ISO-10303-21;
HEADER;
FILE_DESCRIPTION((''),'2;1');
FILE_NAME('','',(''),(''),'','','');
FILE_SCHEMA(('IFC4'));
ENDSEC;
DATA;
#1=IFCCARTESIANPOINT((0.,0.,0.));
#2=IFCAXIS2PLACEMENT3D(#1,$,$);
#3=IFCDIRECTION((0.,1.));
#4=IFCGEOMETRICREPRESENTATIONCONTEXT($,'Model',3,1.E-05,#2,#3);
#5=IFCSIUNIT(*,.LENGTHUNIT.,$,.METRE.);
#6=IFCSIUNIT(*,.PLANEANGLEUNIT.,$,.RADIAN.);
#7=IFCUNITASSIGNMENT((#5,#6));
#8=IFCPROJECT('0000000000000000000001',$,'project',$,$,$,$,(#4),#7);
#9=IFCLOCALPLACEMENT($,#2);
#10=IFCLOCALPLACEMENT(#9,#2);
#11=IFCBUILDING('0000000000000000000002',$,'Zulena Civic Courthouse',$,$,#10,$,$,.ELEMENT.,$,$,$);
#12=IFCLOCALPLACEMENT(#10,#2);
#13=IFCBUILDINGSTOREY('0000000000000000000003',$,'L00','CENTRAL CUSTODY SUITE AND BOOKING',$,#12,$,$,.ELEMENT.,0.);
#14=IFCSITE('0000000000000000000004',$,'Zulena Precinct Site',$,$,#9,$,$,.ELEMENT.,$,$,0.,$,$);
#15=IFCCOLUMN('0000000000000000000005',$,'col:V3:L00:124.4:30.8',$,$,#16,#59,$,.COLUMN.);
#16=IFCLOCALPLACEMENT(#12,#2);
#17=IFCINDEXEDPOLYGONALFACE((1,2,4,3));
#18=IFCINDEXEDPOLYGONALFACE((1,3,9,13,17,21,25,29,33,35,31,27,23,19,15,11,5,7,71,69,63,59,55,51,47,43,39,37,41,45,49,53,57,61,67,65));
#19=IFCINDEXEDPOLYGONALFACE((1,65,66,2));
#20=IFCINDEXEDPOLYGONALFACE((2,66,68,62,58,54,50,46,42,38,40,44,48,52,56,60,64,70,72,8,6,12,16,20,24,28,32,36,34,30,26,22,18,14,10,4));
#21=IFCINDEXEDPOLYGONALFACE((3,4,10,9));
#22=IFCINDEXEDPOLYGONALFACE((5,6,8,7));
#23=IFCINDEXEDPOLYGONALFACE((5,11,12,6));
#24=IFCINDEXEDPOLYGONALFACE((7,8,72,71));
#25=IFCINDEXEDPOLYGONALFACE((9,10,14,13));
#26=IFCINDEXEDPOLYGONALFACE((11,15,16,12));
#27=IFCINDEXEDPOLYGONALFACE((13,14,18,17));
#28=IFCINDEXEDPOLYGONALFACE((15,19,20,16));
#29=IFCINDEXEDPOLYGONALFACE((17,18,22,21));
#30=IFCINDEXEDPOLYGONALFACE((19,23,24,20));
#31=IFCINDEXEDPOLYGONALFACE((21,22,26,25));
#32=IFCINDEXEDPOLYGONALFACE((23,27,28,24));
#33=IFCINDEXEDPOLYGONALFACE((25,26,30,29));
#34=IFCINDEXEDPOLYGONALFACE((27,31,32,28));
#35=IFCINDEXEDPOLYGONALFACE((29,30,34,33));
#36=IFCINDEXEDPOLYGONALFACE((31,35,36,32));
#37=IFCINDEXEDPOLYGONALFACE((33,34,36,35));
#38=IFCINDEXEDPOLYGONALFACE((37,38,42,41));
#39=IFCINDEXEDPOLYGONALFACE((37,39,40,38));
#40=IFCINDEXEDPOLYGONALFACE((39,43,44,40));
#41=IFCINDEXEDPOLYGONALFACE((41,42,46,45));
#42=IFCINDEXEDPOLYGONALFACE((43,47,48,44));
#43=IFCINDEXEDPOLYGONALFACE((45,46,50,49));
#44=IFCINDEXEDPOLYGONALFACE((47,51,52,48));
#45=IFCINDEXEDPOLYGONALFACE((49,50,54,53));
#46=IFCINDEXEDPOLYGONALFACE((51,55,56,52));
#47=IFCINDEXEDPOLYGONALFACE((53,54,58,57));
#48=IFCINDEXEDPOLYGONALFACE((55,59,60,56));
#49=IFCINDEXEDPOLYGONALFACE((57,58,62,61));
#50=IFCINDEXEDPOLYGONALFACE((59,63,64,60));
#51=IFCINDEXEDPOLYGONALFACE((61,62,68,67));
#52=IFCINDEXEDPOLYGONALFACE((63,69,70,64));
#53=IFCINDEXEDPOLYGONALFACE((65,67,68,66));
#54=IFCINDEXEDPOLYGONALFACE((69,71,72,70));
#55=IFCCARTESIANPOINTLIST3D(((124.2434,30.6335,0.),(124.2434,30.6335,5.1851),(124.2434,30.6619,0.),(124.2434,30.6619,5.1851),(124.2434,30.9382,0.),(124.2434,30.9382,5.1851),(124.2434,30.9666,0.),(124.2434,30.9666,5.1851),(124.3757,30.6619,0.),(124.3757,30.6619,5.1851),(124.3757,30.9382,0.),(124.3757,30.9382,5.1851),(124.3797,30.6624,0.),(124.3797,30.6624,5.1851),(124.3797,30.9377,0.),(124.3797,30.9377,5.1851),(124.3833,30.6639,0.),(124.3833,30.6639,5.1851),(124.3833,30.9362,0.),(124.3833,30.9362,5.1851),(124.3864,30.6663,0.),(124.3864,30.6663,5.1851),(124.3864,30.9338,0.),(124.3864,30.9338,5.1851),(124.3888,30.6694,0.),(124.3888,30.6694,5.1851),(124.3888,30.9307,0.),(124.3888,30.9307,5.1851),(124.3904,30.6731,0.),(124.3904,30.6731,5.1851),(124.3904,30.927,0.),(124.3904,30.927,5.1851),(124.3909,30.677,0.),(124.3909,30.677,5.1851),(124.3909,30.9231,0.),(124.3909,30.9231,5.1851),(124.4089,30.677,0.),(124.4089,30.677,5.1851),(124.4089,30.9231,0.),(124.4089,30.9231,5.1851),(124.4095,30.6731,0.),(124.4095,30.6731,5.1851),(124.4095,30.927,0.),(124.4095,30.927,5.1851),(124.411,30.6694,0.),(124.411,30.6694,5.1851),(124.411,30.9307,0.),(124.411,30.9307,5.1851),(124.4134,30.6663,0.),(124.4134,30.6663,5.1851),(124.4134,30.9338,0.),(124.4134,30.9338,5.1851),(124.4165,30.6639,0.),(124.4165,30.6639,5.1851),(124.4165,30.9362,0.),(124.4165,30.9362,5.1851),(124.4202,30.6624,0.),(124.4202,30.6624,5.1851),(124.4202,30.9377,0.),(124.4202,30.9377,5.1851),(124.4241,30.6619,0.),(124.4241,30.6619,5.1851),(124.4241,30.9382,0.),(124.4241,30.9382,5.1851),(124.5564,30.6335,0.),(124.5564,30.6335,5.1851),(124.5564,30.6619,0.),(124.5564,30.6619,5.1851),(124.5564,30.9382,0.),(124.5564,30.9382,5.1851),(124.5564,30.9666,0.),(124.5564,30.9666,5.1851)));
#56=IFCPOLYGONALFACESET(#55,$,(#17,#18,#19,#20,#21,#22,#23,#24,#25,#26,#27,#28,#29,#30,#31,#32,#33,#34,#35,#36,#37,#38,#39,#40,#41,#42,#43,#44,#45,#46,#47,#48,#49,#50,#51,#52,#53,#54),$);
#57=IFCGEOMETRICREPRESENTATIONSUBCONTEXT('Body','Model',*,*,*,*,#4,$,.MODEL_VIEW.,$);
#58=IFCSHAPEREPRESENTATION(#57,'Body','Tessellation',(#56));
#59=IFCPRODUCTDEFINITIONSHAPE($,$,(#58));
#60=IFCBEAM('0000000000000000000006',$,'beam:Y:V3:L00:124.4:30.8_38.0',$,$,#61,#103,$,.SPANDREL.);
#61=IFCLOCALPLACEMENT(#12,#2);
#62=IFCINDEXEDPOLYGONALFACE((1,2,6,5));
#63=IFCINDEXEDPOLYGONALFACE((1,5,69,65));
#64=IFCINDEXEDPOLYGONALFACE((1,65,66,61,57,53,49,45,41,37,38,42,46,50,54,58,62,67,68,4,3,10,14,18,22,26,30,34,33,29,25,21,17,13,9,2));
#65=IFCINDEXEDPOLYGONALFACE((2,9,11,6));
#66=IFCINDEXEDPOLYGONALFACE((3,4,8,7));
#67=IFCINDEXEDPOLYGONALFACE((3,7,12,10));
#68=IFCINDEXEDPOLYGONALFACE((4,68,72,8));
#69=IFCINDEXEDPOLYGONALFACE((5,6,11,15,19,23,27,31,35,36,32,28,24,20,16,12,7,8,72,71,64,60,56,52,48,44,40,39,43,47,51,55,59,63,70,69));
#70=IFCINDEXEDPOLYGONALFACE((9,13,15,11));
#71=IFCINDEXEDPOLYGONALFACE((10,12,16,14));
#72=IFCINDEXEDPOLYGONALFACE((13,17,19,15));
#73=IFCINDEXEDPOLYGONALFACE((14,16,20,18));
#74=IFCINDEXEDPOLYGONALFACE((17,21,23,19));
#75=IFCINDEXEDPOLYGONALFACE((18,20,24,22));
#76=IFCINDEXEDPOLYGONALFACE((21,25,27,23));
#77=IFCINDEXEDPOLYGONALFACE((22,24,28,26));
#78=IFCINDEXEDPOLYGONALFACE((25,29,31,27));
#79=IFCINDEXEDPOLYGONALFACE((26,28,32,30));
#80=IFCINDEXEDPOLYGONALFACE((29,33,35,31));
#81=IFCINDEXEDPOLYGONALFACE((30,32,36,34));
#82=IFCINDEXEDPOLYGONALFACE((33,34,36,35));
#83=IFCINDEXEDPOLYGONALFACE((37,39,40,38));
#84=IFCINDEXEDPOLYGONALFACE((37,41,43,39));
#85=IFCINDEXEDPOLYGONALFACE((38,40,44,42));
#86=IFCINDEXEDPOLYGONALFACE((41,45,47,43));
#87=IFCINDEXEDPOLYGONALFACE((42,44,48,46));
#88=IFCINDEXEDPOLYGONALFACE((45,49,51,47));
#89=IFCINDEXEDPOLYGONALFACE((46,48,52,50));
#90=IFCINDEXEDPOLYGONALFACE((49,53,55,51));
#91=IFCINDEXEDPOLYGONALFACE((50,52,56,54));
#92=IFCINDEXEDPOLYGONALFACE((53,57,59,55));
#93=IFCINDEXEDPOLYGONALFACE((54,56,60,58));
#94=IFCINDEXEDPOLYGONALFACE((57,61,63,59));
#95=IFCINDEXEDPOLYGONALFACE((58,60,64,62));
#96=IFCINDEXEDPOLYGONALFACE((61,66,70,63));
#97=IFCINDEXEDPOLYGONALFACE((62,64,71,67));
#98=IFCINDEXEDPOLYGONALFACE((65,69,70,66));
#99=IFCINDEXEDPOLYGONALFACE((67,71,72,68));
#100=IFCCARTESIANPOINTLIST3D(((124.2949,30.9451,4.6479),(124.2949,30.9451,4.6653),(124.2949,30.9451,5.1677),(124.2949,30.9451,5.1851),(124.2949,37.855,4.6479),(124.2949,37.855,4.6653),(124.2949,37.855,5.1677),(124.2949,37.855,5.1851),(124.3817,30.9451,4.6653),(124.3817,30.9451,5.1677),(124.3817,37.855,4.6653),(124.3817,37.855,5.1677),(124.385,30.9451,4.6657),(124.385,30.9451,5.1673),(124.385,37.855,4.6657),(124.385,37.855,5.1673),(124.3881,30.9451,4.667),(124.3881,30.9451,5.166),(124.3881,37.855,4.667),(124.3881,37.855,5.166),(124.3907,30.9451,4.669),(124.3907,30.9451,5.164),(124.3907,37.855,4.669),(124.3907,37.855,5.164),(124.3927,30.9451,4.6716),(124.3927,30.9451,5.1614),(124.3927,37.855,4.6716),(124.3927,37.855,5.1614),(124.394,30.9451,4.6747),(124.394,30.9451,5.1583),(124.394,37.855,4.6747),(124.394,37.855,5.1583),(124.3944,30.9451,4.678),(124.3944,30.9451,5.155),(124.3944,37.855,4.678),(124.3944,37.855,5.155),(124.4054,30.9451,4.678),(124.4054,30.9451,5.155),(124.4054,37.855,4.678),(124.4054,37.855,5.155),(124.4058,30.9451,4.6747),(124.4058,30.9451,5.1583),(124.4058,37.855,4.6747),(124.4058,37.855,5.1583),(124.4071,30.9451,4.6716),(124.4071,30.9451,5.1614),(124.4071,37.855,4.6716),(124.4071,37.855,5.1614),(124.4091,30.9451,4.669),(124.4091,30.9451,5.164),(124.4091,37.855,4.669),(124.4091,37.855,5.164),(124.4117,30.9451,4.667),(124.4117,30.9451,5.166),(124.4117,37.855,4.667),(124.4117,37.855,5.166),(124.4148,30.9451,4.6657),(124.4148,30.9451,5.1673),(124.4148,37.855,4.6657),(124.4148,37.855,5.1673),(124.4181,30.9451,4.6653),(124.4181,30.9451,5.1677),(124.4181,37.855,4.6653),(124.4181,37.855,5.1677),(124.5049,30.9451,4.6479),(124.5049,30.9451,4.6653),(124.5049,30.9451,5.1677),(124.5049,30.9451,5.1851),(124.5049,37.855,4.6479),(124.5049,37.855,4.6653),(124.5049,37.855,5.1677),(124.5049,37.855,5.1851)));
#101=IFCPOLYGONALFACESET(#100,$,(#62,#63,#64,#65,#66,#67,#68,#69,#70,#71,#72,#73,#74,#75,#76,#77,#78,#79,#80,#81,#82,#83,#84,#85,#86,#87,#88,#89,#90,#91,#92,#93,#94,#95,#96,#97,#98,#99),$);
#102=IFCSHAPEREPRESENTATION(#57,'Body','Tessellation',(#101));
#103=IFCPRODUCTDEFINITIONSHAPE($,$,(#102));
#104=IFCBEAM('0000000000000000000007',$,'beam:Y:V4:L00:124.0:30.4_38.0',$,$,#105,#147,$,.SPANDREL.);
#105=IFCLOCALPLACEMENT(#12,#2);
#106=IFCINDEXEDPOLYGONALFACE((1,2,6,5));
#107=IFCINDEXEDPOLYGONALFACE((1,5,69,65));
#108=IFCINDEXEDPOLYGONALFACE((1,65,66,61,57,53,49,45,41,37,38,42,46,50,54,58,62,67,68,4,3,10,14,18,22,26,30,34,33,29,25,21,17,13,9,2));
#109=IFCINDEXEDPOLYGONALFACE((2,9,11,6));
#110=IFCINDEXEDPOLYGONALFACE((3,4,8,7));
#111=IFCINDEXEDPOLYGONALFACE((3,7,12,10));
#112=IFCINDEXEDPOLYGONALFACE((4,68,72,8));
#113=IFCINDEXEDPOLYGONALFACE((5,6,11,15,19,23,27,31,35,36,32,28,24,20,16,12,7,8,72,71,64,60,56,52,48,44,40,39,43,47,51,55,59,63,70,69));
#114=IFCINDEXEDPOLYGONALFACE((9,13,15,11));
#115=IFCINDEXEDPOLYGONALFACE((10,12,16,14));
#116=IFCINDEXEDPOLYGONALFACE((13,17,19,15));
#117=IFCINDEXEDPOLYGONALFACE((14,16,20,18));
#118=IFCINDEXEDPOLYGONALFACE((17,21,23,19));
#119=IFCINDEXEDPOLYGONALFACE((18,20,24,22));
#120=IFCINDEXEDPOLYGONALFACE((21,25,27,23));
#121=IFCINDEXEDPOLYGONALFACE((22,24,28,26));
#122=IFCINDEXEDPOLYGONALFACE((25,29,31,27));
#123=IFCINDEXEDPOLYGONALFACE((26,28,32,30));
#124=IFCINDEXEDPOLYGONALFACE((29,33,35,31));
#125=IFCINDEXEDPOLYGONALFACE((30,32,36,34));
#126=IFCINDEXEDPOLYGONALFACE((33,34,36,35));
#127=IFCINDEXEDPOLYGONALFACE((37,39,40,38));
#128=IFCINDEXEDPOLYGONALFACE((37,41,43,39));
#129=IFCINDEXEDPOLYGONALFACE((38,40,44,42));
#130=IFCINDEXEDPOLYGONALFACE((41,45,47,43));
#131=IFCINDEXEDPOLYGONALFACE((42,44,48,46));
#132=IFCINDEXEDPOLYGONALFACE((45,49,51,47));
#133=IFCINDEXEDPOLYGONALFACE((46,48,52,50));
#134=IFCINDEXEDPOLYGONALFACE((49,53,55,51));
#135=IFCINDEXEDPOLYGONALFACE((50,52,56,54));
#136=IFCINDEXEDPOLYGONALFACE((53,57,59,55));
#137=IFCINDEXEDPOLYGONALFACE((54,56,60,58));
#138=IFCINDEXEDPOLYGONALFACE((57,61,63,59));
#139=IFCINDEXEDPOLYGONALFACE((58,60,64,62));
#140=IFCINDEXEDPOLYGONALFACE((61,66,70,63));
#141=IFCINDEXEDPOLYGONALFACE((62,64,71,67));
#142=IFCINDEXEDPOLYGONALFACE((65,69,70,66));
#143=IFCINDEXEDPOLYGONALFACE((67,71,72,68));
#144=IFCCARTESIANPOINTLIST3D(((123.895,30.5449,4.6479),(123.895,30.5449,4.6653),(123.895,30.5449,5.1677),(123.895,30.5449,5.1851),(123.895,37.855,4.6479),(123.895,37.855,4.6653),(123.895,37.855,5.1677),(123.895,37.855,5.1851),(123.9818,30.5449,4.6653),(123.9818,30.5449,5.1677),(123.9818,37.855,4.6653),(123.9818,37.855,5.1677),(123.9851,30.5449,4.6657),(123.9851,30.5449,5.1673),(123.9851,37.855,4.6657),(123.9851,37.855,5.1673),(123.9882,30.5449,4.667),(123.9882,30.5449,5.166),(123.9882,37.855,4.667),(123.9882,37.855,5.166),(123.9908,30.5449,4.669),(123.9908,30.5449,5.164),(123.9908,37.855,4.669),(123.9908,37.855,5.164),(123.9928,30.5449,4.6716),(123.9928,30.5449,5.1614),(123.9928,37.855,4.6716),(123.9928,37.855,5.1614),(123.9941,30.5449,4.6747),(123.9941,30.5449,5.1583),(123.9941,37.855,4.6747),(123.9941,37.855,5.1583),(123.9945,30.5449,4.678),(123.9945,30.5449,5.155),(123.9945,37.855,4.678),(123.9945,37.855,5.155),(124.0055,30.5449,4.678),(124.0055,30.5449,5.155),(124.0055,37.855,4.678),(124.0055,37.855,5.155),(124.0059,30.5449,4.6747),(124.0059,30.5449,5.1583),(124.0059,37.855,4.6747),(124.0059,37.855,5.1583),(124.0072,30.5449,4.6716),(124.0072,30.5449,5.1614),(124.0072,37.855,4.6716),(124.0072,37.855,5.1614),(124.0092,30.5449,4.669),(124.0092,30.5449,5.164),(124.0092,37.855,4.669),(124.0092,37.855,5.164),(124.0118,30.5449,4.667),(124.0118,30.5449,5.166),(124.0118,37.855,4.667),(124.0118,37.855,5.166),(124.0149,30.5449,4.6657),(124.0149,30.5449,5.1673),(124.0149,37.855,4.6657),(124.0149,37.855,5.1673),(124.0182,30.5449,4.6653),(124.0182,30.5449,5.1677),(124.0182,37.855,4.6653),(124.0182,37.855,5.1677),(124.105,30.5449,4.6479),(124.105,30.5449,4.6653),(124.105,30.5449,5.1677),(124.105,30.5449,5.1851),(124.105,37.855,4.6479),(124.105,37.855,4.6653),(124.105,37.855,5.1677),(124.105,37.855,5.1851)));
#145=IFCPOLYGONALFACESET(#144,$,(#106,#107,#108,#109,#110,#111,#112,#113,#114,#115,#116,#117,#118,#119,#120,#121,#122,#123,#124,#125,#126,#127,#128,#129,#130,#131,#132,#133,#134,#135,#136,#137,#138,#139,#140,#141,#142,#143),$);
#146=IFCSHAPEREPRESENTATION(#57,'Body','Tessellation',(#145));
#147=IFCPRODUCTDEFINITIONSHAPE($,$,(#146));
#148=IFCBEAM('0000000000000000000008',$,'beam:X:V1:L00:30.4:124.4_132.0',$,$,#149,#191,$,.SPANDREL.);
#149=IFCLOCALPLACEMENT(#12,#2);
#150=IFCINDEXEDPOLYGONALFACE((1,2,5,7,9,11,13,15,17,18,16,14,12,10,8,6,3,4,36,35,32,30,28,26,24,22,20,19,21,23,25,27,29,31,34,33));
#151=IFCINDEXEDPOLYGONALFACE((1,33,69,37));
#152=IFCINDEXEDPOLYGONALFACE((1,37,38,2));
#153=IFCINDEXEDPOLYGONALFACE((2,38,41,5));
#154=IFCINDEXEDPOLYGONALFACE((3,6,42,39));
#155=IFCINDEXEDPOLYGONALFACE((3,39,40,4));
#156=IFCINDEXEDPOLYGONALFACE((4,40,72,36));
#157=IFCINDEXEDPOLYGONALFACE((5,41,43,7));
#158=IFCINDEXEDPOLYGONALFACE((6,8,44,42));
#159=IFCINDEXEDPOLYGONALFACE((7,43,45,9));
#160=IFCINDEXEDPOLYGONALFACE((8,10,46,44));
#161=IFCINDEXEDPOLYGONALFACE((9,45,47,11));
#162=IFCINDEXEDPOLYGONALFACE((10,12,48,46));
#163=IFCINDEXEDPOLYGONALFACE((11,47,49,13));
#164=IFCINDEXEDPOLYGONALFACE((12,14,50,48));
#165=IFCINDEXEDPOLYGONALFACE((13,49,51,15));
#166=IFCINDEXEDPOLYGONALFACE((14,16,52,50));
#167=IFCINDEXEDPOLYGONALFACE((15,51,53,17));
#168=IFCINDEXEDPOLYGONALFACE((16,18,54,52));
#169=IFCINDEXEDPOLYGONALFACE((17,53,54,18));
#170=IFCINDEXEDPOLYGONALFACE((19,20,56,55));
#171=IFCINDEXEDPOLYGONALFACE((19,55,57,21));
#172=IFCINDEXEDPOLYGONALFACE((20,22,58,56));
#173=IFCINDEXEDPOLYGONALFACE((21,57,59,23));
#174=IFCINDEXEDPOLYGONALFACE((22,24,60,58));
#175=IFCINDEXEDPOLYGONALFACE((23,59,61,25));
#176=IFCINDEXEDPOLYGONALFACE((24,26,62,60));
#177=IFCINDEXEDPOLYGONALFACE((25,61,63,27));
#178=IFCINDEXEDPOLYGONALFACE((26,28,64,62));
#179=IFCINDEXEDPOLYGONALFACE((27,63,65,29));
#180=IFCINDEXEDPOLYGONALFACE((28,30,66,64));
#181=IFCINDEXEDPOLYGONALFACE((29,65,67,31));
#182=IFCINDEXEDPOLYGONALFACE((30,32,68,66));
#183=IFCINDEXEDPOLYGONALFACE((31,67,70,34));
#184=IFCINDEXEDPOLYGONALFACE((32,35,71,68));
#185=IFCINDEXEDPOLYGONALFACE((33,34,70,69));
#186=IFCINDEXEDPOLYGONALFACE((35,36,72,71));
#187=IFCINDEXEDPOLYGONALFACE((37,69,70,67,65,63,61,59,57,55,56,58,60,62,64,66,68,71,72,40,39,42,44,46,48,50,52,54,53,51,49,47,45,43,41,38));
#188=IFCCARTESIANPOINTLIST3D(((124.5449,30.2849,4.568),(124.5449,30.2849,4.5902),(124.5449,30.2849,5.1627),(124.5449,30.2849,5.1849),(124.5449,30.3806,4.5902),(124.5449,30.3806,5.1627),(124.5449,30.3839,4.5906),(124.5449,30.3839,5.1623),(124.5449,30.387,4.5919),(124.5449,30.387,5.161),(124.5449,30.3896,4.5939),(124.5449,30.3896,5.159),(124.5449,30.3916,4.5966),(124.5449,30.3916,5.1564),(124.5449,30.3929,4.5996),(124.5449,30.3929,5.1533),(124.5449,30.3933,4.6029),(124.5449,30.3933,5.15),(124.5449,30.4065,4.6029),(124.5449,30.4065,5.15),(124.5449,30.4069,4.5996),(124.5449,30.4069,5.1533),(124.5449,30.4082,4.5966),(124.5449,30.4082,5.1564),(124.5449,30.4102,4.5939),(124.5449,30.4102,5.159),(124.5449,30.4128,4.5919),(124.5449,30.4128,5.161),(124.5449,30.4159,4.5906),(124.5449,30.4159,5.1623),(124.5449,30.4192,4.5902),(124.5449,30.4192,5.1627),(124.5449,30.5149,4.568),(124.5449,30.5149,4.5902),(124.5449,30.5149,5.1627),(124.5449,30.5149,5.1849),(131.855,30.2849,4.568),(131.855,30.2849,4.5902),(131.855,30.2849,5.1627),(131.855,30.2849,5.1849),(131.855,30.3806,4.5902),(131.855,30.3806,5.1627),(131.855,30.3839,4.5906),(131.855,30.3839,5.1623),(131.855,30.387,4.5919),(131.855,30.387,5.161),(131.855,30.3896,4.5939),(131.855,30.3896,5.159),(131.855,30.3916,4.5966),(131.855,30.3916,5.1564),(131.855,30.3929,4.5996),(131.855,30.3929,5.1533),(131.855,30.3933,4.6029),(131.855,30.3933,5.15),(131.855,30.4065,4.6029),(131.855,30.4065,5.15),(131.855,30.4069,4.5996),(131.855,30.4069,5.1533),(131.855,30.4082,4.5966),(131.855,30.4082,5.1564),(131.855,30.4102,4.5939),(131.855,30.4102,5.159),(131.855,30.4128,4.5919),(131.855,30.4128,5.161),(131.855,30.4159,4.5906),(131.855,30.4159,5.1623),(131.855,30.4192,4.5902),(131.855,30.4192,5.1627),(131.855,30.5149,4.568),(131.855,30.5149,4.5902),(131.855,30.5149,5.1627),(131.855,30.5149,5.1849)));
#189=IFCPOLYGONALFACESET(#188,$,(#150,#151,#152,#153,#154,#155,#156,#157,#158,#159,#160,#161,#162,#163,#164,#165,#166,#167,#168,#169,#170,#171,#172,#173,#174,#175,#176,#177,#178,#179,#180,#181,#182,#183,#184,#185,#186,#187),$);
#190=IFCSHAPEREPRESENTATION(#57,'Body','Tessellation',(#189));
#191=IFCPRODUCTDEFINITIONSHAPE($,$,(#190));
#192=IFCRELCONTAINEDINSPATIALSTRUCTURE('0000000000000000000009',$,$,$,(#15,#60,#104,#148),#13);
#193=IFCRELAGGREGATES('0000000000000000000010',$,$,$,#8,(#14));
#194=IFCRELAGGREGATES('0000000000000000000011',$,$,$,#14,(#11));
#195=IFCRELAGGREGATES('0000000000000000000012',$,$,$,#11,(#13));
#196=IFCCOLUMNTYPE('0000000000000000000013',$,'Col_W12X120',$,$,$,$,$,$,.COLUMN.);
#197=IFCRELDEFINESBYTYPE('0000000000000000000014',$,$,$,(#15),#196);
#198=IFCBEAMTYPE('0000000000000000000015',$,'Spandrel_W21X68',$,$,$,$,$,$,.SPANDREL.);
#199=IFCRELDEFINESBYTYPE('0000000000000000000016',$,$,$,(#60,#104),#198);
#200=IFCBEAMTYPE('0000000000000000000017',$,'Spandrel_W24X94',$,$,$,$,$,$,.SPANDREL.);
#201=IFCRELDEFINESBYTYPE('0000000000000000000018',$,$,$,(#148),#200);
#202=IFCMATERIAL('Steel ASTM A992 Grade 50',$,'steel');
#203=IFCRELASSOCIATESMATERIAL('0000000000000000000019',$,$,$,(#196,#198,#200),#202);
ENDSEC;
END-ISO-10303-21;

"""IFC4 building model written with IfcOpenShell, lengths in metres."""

from ifc_helpers import new_model, si_unit, direction, frame, origin, origin_2d, place, context, subcontext, project, spatial, i_section, extrude, material, material_profile, profile_set, type_object, element, save


model = new_model("IFC4")

# Units and contexts
model_context = context("Model", 3, precision=1e-05, world=origin(), true_north=direction((0.0, 1.0)))
body_context = subcontext(model_context, "Body", "Model", "MODEL_VIEW")
ifc_project = project(units=[si_unit("LENGTHUNIT", "METRE"), si_unit("PLANEANGLEUNIT", "RADIAN")], contexts=[model_context])

# Site, building, storey
site_placement = place(None, origin())
site = spatial("IfcSite", under=ifc_project, at=site_placement, Name="Zulena Precinct Site", CompositionType="ELEMENT", RefElevation=0.0)
building_placement = place(site_placement, origin())
building = spatial("IfcBuilding", under=site, at=building_placement, Name="Zulena Civic Courthouse", CompositionType="ELEMENT")
storey_placement = place(building_placement, origin())
storey = spatial("IfcBuildingStorey", under=building, at=storey_placement, Name="L00", Description="CENTRAL CUSTODY SUITE AND BOOKING", CompositionType="ELEMENT", Elevation=0.0)

# Column
ifc_material_1 = material(Name="Steel ASTM A992 Grade 50", Category="steel")
ifc_material_profile_1 = material_profile(ifc_material_1, i_section(OverallWidth=0.313, OverallDepth=0.333, WebThickness=0.0181, FlangeThickness=0.0283, FilletRadius=0.0151, at=origin_2d()), Name="W12X120")
ifc_profile_set_1 = profile_set([ifc_material_profile_1], Name="Steel ASTM A992 Grade 50")
column_type = type_object("IfcColumnType", Name="Col_W12X120", PredefinedType="COLUMN", material=ifc_profile_set_1)
for number, where, z_axis, x_axis, name in (
    (1, (124.3999, 30.8, 0.0), (0.0, 0.0, 1.0), (1.0, 0.0, 0.0), "col:V3:L00:124.4:30.8"),
):
    element("IfcColumn", number, at=place(storey_placement, frame(where, z_axis=z_axis, x_axis=x_axis)), inside=storey, type_object=column_type, Name=name, PredefinedType="COLUMN", context=body_context, shape_type="SweptSolid", body=[
        extrude(i_section(OverallWidth=0.313, OverallDepth=0.333, WebThickness=0.0181, FlangeThickness=0.0283, FilletRadius=0.0151, at=origin_2d()), origin(), (0.0, 0.0, 1.0), 5.1851),
    ])

# Beams
ifc_material_profile_2 = material_profile(ifc_material_1, i_section(OverallWidth=0.21, OverallDepth=0.5371, WebThickness=0.011, FlangeThickness=0.0173, FilletRadius=0.0127, at=origin_2d()), Name="W21X68")
ifc_profile_set_2 = profile_set([ifc_material_profile_2], Name="Steel ASTM A992 Grade 50")
beam_type_1 = type_object("IfcBeamType", Name="Spandrel_W21X68", PredefinedType="SPANDREL", material=ifc_profile_set_2)
beam_1_placement = place(storey_placement, frame((124.3999, 30.9451, 4.9165), z_axis=(0.0, 1.0, 0.0), x_axis=(-1.0, 0.0, 0.0)))
element("IfcBeam", 2, at=beam_1_placement, inside=storey, type_object=beam_type_1, Name="beam:Y:V3:L00:124.4:30.8_38.0", PredefinedType="SPANDREL", context=body_context, shape_type="SweptSolid", body=[
    extrude(i_section(OverallWidth=0.21, OverallDepth=0.5371, WebThickness=0.011, FlangeThickness=0.0173, FilletRadius=0.0127, at=origin_2d()), origin(), (0.0, 0.0, 1.0), 6.9099),
])
beam_2_placement = place(storey_placement, frame((124.0, 30.5449, 4.9165), z_axis=(0.0, 1.0, 0.0), x_axis=(-1.0, 0.0, 0.0)))
element("IfcBeam", 3, at=beam_2_placement, inside=storey, type_object=beam_type_1, Name="beam:Y:V4:L00:124.0:30.4_38.0", PredefinedType="SPANDREL", context=body_context, shape_type="SweptSolid", body=[
    extrude(i_section(OverallWidth=0.21, OverallDepth=0.5371, WebThickness=0.011, FlangeThickness=0.0173, FilletRadius=0.0127, at=origin_2d()), origin(), (0.0, 0.0, 1.0), 7.3101),
])
ifc_material_profile_3 = material_profile(ifc_material_1, i_section(OverallWidth=0.23, OverallDepth=0.6169, WebThickness=0.0132, FlangeThickness=0.0222, FilletRadius=0.0127, at=origin_2d()), Name="W24X94")
ifc_profile_set_3 = profile_set([ifc_material_profile_3], Name="Steel ASTM A992 Grade 50")
beam_type_2 = type_object("IfcBeamType", Name="Spandrel_W24X94", PredefinedType="SPANDREL", material=ifc_profile_set_3)
for number, where, z_axis, x_axis, name in (
    (4, (124.5449, 30.3999, 4.8765), (1.0, 0.0, 0.0), (0.0, 1.0, 0.0), "beam:X:V1:L00:30.4:124.4_132.0"),
):
    element("IfcBeam", number, at=place(storey_placement, frame(where, z_axis=z_axis, x_axis=x_axis)), inside=storey, type_object=beam_type_2, Name=name, PredefinedType="SPANDREL", context=body_context, shape_type="SweptSolid", body=[
        extrude(i_section(OverallWidth=0.23, OverallDepth=0.6169, WebThickness=0.0132, FlangeThickness=0.0222, FilletRadius=0.0127, at=origin_2d()), origin(), (0.0, 0.0, 1.0), 7.3101),
    ])

save(model, "model.ifc")
